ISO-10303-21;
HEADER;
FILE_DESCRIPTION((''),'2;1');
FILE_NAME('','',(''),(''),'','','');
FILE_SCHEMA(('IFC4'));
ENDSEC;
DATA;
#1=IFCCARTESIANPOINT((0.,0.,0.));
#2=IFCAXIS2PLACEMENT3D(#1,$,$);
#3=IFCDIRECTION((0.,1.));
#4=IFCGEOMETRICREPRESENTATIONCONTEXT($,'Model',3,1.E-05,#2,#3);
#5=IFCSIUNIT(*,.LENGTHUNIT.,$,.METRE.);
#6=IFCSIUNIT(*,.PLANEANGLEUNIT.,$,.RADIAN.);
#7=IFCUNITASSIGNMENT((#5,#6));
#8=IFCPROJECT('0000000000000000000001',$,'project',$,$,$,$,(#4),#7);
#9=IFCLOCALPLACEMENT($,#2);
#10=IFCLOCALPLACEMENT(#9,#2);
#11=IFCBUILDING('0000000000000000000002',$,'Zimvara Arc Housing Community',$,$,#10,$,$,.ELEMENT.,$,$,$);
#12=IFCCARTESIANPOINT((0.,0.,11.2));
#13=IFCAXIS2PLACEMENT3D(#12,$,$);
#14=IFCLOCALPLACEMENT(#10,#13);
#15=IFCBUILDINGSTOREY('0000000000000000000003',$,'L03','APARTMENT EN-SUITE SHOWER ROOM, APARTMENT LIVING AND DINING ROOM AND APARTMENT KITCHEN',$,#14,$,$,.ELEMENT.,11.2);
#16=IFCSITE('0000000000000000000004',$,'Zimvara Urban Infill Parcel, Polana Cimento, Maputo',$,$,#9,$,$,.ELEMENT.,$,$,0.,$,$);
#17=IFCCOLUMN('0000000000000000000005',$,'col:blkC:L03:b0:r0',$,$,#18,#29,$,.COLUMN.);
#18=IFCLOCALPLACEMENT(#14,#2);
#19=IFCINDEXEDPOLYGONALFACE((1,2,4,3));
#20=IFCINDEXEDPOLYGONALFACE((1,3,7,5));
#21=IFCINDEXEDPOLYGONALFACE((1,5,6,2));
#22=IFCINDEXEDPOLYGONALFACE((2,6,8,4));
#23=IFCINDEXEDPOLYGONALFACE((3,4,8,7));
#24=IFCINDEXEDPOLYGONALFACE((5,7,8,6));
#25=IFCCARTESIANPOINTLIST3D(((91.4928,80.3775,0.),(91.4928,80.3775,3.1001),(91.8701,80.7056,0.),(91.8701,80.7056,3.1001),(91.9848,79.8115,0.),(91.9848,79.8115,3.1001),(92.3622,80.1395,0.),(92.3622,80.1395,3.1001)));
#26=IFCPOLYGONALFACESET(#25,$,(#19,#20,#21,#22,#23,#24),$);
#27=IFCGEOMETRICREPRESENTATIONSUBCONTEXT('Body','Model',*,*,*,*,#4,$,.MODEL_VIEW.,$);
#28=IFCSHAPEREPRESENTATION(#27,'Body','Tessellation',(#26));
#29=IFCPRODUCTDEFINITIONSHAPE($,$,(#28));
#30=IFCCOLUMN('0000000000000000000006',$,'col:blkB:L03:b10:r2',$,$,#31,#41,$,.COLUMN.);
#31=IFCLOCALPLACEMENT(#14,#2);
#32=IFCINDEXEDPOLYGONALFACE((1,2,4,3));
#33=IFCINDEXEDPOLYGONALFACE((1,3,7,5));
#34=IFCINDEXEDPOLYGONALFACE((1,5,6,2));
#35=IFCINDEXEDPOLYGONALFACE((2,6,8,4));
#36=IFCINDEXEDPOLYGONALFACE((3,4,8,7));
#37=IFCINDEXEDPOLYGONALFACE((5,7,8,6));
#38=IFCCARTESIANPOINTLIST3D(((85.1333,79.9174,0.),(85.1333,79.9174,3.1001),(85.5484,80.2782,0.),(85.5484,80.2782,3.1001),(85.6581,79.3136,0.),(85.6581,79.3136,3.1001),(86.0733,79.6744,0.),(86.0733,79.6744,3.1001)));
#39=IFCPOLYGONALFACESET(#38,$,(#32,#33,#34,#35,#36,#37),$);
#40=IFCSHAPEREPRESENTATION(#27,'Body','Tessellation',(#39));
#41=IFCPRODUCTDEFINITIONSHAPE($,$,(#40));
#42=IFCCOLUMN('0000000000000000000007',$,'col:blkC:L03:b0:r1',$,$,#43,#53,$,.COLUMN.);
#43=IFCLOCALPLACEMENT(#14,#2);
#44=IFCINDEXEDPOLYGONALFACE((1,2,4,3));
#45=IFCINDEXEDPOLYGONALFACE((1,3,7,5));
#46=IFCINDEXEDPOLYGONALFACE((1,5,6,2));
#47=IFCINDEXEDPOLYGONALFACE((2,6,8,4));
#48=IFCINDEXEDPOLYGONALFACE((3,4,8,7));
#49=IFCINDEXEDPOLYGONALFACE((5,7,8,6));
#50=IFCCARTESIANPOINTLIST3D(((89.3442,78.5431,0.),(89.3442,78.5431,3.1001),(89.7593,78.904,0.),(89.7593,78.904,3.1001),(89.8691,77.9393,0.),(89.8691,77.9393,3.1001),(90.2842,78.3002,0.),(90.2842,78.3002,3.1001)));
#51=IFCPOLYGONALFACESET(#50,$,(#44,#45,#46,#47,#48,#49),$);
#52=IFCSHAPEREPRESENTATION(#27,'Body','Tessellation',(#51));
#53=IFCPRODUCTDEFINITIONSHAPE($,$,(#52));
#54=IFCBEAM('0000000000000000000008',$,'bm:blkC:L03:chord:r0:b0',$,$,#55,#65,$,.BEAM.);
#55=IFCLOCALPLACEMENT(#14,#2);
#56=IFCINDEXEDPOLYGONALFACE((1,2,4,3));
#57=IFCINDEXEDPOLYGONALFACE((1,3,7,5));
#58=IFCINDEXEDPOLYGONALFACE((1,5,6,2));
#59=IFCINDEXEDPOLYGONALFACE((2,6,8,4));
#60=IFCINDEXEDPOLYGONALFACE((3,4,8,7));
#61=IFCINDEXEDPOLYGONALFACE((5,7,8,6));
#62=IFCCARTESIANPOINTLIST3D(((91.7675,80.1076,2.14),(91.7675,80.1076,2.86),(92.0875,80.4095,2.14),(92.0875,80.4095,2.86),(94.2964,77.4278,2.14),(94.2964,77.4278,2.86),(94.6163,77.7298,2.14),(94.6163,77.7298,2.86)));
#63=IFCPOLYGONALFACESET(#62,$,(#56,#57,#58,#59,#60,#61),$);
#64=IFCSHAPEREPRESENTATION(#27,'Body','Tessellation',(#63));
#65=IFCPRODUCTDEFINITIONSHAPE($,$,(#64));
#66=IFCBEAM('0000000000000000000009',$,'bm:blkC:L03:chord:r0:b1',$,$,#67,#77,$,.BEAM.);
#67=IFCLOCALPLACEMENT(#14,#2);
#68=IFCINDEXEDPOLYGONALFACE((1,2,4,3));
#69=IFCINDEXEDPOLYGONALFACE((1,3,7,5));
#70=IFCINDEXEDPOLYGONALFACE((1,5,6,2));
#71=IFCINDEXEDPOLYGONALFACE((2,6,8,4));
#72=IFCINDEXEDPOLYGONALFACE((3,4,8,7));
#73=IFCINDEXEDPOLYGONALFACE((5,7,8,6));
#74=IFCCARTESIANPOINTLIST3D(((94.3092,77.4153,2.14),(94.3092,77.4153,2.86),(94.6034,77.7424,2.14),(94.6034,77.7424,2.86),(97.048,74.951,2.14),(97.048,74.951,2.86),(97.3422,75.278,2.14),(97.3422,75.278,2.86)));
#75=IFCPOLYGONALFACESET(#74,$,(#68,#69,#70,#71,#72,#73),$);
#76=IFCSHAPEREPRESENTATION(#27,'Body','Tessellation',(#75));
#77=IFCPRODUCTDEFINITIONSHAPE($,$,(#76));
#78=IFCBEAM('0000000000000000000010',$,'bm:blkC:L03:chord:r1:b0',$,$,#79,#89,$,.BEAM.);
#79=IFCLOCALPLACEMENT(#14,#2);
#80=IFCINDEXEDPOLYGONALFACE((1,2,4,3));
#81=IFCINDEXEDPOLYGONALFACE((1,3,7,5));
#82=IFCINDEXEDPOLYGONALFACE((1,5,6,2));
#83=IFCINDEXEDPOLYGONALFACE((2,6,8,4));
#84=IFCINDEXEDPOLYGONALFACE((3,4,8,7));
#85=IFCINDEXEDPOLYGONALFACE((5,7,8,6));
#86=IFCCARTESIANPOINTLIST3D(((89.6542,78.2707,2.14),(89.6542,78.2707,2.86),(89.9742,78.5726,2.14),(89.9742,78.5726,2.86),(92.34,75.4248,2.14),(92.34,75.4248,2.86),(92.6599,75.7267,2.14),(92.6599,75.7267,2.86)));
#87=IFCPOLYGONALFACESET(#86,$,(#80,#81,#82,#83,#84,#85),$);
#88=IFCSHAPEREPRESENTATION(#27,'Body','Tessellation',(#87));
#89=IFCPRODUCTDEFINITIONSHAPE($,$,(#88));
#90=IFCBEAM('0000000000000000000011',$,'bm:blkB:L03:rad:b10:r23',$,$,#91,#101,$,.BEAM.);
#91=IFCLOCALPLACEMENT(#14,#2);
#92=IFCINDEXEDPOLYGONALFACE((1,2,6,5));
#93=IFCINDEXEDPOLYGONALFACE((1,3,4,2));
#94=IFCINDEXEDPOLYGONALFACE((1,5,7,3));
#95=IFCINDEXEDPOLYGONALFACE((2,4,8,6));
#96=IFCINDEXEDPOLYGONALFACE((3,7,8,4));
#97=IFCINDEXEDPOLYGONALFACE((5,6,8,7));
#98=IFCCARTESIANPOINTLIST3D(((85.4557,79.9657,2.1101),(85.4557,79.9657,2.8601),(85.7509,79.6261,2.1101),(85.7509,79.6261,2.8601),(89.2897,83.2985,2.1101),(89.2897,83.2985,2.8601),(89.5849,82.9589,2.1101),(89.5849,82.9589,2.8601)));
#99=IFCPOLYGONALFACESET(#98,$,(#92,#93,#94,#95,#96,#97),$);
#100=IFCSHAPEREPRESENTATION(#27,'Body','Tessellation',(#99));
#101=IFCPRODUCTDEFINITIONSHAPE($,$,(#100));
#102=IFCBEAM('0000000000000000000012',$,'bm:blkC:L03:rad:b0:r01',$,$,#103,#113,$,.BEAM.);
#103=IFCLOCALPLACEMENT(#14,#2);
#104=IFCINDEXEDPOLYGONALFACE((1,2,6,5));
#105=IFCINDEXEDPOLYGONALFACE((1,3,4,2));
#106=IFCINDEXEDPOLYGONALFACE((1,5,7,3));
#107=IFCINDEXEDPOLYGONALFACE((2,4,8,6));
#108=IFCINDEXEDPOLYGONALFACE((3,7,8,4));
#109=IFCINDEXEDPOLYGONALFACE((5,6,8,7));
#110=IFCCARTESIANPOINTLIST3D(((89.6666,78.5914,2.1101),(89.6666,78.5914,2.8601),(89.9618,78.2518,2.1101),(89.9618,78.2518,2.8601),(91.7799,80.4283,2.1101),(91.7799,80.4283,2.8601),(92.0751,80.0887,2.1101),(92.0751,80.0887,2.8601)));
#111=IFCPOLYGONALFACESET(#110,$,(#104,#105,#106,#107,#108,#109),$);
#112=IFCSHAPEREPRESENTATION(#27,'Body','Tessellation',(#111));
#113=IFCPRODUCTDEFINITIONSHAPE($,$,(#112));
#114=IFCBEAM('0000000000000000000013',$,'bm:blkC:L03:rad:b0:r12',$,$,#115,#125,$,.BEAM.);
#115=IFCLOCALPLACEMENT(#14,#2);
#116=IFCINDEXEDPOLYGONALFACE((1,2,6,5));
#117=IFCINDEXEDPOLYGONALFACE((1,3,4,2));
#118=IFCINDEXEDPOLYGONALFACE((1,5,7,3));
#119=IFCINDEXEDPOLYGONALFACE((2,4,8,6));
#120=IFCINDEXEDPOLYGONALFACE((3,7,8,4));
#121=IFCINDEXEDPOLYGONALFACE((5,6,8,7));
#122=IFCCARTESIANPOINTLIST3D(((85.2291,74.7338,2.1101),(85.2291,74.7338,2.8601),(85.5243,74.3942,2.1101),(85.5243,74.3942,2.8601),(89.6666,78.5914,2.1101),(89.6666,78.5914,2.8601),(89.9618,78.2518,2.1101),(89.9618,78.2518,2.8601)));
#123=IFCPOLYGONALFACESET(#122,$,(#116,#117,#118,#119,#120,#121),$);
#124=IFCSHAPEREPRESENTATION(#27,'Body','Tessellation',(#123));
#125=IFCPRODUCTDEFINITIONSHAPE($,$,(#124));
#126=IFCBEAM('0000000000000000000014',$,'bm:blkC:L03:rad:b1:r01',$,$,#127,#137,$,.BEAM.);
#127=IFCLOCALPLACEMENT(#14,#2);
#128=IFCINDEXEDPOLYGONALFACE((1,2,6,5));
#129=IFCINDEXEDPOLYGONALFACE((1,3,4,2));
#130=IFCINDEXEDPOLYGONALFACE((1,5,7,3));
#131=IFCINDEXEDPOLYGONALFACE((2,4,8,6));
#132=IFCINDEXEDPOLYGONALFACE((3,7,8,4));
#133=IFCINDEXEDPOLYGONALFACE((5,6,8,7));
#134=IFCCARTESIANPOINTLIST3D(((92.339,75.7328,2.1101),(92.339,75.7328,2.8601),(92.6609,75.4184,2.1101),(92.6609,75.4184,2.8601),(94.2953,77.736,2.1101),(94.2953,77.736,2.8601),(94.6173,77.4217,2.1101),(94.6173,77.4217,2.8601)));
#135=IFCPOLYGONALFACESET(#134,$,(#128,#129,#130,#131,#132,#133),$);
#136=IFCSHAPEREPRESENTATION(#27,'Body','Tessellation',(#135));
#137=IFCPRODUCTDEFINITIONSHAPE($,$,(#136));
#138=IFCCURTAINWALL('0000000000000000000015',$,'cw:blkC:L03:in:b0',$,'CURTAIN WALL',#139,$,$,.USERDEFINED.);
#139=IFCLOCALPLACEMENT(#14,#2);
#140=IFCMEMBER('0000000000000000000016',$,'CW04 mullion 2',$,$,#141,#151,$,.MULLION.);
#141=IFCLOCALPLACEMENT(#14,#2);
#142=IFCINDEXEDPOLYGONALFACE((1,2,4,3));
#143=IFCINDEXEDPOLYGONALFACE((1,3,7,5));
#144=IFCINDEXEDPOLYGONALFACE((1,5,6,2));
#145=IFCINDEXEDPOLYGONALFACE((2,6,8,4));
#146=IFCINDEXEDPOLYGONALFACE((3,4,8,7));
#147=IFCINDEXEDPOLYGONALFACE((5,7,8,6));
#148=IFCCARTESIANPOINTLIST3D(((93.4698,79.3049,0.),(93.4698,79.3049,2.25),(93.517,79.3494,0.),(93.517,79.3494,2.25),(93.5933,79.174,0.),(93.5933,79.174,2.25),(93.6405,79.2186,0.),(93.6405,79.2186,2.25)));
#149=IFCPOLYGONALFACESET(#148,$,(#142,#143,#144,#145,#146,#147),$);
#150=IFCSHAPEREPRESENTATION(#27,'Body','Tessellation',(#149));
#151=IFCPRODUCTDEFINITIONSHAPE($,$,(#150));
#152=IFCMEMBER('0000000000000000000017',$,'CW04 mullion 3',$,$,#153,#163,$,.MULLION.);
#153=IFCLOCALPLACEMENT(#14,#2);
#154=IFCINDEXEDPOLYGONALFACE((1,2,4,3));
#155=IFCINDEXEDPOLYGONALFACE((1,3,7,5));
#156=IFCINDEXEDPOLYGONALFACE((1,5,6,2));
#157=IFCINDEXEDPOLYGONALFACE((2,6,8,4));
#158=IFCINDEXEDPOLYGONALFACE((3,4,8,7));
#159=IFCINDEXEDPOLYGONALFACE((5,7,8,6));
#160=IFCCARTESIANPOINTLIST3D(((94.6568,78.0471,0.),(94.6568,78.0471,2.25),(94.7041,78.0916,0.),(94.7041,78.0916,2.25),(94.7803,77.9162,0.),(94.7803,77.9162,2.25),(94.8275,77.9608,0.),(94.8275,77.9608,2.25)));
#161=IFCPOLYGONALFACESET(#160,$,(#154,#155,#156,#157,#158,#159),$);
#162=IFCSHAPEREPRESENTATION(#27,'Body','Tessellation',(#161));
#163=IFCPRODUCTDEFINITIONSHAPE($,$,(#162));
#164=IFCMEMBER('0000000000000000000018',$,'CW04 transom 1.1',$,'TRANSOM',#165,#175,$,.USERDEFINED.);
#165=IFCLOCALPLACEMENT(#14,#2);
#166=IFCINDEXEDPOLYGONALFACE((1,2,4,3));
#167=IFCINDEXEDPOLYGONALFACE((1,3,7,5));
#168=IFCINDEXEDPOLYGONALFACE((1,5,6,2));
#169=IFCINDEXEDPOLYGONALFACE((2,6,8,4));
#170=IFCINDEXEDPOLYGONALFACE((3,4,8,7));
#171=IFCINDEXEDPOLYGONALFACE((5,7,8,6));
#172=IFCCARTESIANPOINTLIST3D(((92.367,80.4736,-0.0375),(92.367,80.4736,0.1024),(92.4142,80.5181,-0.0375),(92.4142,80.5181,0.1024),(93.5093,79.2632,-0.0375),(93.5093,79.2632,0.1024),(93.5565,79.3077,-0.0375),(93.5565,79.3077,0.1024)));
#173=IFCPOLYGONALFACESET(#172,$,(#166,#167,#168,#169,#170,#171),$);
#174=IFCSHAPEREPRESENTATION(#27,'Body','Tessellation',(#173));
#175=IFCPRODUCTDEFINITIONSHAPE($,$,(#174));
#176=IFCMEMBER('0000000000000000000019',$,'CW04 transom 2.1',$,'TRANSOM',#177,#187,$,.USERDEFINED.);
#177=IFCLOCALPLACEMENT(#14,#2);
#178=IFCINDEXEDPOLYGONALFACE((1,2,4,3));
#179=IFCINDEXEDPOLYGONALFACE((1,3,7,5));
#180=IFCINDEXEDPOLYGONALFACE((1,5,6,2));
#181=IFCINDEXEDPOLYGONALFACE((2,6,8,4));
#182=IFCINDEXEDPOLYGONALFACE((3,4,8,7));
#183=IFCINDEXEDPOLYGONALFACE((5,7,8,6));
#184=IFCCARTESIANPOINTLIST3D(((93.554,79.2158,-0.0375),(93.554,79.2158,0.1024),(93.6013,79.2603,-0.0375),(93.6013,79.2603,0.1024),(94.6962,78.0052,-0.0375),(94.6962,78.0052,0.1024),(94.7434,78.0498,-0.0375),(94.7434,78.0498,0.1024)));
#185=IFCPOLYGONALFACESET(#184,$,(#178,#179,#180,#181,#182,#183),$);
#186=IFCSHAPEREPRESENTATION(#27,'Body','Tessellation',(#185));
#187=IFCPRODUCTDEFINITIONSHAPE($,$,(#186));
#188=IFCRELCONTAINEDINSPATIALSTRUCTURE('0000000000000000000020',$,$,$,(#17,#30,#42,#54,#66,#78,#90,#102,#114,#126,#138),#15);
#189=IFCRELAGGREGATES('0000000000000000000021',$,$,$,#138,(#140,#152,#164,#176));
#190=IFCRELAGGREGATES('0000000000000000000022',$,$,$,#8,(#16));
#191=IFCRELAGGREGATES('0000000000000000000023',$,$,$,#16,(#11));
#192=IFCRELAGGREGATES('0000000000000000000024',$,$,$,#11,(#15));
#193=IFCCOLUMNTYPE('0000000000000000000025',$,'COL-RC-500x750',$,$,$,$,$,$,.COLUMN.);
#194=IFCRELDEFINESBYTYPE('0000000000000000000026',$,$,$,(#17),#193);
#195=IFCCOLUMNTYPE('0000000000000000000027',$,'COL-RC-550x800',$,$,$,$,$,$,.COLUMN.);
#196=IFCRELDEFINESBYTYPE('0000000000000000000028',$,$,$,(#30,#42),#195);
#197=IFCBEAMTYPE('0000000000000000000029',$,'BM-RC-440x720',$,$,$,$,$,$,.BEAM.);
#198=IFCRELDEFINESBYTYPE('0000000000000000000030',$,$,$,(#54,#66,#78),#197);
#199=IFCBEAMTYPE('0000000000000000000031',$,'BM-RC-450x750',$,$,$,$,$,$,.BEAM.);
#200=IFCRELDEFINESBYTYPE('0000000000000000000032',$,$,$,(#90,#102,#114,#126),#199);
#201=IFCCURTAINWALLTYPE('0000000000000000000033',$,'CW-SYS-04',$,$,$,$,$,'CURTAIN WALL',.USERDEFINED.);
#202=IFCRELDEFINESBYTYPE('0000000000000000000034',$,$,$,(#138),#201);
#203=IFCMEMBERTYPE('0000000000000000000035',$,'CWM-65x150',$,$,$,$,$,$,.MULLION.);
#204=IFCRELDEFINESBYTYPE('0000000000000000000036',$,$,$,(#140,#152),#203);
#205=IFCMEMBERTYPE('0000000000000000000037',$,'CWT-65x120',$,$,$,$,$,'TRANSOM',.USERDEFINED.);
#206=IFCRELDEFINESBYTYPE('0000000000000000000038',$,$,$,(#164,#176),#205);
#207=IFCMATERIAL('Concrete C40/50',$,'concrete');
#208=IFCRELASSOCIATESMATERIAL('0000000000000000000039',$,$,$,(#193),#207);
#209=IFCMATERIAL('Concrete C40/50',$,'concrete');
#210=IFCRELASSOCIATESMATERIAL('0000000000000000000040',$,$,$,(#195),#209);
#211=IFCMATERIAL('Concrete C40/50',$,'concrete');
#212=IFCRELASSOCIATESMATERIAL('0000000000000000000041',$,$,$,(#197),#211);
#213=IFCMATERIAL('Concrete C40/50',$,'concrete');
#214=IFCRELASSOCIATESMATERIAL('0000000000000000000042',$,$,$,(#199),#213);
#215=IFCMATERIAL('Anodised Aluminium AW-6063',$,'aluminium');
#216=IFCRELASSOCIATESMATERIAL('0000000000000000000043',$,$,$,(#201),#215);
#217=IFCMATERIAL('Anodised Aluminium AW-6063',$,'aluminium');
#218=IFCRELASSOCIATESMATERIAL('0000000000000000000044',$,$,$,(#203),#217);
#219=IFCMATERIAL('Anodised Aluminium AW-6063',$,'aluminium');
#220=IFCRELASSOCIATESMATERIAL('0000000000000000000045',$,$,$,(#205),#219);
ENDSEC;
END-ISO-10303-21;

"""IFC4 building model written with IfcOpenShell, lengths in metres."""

from ifc_helpers import new_model, si_unit, direction, frame, origin, origin_2d, place, context, subcontext, project, spatial, rectangle, extrude, material, material_profile, profile_set, type_object, element, aggregate, save


model = new_model("IFC4")

# Units and contexts
model_context = context("Model", 3, precision=1e-05, world=origin(), true_north=direction((0.0, 1.0)))
body_context = subcontext(model_context, "Body", "Model", "MODEL_VIEW")
ifc_project = project(units=[si_unit("LENGTHUNIT", "METRE"), si_unit("PLANEANGLEUNIT", "RADIAN")], contexts=[model_context])

# Site, building, storey
site_placement = place(None, origin())
site = spatial("IfcSite", under=ifc_project, at=site_placement, Name="Zimvara Urban Infill Parcel, Polana Cimento, Maputo", CompositionType="ELEMENT", RefElevation=0.0)
building_placement = place(site_placement, origin())
building = spatial("IfcBuilding", under=site, at=building_placement, Name="Zimvara Arc Housing Community", CompositionType="ELEMENT")
storey_placement = place(building_placement, frame((0.0, 0.0, 11.2)))
storey = spatial("IfcBuildingStorey", under=building, at=storey_placement, Name="L03", Description="APARTMENT EN-SUITE SHOWER ROOM, APARTMENT LIVING AND DINING ROOM AND APARTMENT KITCHEN", CompositionType="ELEMENT", Elevation=11.2)

# Columns
ifc_material_1 = material(Name="Concrete C40/50", Category="concrete")
ifc_material_profile_1 = material_profile(ifc_material_1, rectangle(XDim=0.5, YDim=0.75, at=origin_2d()), Name="RC 500x750")
ifc_profile_set_1 = profile_set([ifc_material_profile_1], Name="Concrete C40/50")
column_type_1 = type_object("IfcColumnType", Name="COL-RC-500x750", PredefinedType="COLUMN", material=ifc_profile_set_1)
column_placement = place(storey_placement, frame((91.9275, 80.2585, 0.0), z_axis=(0.0, 0.0, 1.0), x_axis=(-0.75471, -0.656059, 0.0)))
element("IfcColumn", 1, at=column_placement, inside=storey, type_object=column_type_1, Name="col:blkC:L03:b0:r0", PredefinedType="COLUMN", context=body_context, shape_type="SweptSolid", body=[
    extrude(rectangle(XDim=0.5, YDim=0.75, at=origin_2d()), origin(), (0.0, 0.0, 1.0), 3.1001),
])
ifc_material_2 = material(Name="Concrete C40/50", Category="concrete")
ifc_material_profile_2 = material_profile(ifc_material_2, rectangle(XDim=0.55, YDim=0.8, at=origin_2d()), Name="RC 550x800")
ifc_profile_set_2 = profile_set([ifc_material_profile_2], Name="Concrete C40/50")
column_type_2 = type_object("IfcColumnType", Name="COL-RC-550x800", PredefinedType="COLUMN", material=ifc_profile_set_2)
for number, where, z_axis, x_axis, name in (
    (2, (85.6033, 79.7959, 0.0), (0.0, 0.0, 1.0), (0.75471, 0.656059, 0.0), "col:blkB:L03:b10:r2"),
    (3, (89.8142, 78.4216, 0.0), (0.0, 0.0, 1.0), (-0.75471, -0.656059, 0.0), "col:blkC:L03:b0:r1"),
):
    element("IfcColumn", number, at=place(storey_placement, frame(where, z_axis=z_axis, x_axis=x_axis)), inside=storey, type_object=column_type_2, Name=name, PredefinedType="COLUMN", context=body_context, shape_type="SweptSolid", body=[
        extrude(rectangle(XDim=0.55, YDim=0.8, at=origin_2d()), origin(), (0.0, 0.0, 1.0), 3.1001),
    ])

# Beams
ifc_material_3 = material(Name="Concrete C40/50", Category="concrete")
ifc_material_profile_3 = material_profile(ifc_material_3, rectangle(XDim=0.4399, YDim=0.72, at=origin_2d()), Name="RC 440x720")
ifc_profile_set_3 = profile_set([ifc_material_profile_3], Name="Concrete C40/50")
beam_type_1 = type_object("IfcBeamType", Name="BM-RC-440x720", PredefinedType="BEAM", material=ifc_profile_set_3)
beam_1_placement = place(storey_placement, frame((91.9275, 80.2585, 2.5), z_axis=(0.686336, -0.727285, 0.0), x_axis=(0.727285, 0.686336, 0.0)))
element("IfcBeam", 4, at=beam_1_placement, inside=storey, type_object=beam_type_1, Name="bm:blkC:L03:chord:r0:b0", PredefinedType="BEAM", context=body_context, shape_type="SweptSolid", body=[
    extrude(rectangle(XDim=0.4399, YDim=0.72, at=origin_2d()), origin(), (0.0, 0.0, 1.0), 3.6846),
])
beam_2_placement = place(storey_placement, frame((94.4563, 77.5789, 2.5), z_axis=(0.743367, -0.668884, 0.0), x_axis=(0.668884, 0.743367, 0.0)))
element("IfcBeam", 5, at=beam_2_placement, inside=storey, type_object=beam_type_1, Name="bm:blkC:L03:chord:r0:b1", PredefinedType="BEAM", context=body_context, shape_type="SweptSolid", body=[
    extrude(rectangle(XDim=0.4399, YDim=0.72, at=origin_2d()), origin(), (0.0, 0.0, 1.0), 3.6843),
])
beam_3_placement = place(storey_placement, frame((89.8142, 78.4216, 2.5), z_axis=(0.686347, -0.727274, 0.0), x_axis=(0.727274, 0.686347, 0.0)))
element("IfcBeam", 6, at=beam_3_placement, inside=storey, type_object=beam_type_1, Name="bm:blkC:L03:chord:r1:b0", PredefinedType="BEAM", context=body_context, shape_type="SweptSolid", body=[
    extrude(rectangle(XDim=0.4399, YDim=0.72, at=origin_2d()), origin(), (0.0, 0.0, 1.0), 3.9131),
])
ifc_material_4 = material(Name="Concrete C40/50", Category="concrete")
ifc_material_profile_4 = material_profile(ifc_material_4, rectangle(XDim=0.45, YDim=0.75, at=origin_2d()), Name="RC 450x750")
ifc_profile_set_4 = profile_set([ifc_material_profile_4], Name="Concrete C40/50")
beam_type_2 = type_object("IfcBeamType", Name="BM-RC-450x750", PredefinedType="BEAM", material=ifc_profile_set_4)
beam_4_placement = place(storey_placement, frame((85.6033, 79.7959, 2.4851), z_axis=(0.754716, 0.656051, 0.0), x_axis=(-0.656051, 0.754716, 0.0)))
element("IfcBeam", 7, at=beam_4_placement, inside=storey, type_object=beam_type_2, Name="bm:blkB:L03:rad:b10:r23", PredefinedType="BEAM", context=body_context, shape_type="SweptSolid", body=[
    extrude(rectangle(XDim=0.45, YDim=0.75, at=origin_2d()), origin(), (0.0, 0.0, 1.0), 5.0801),
])
beam_5_placement = place(storey_placement, frame((91.9275, 80.2585, 2.4851), z_axis=(-0.754733, -0.656032, 0.0), x_axis=(0.656032, -0.754733, 0.0)))
element("IfcBeam", 8, at=beam_5_placement, inside=storey, type_object=beam_type_2, Name="bm:blkC:L03:rad:b0:r01", PredefinedType="BEAM", context=body_context, shape_type="SweptSolid", body=[
    extrude(rectangle(XDim=0.45, YDim=0.75, at=origin_2d()), origin(), (0.0, 0.0, 1.0), 2.8),
])
beam_6_placement = place(storey_placement, frame((89.8142, 78.4216, 2.4851), z_axis=(-0.754692, -0.656079, 0.0), x_axis=(0.656079, -0.754692, 0.0)))
element("IfcBeam", 9, at=beam_6_placement, inside=storey, type_object=beam_type_2, Name="bm:blkC:L03:rad:b0:r12", PredefinedType="BEAM", context=body_context, shape_type="SweptSolid", body=[
    extrude(rectangle(XDim=0.45, YDim=0.75, at=origin_2d()), origin(), (0.0, 0.0, 1.0), 5.8799),
])
beam_7_placement = place(storey_placement, frame((94.4563, 77.5789, 2.4851), z_axis=(-0.698687, -0.715428, 0.0), x_axis=(0.715428, -0.698687, 0.0)))
element("IfcBeam", 10, at=beam_7_placement, inside=storey, type_object=beam_type_2, Name="bm:blkC:L03:rad:b1:r01", PredefinedType="BEAM", context=body_context, shape_type="SweptSolid", body=[
    extrude(rectangle(XDim=0.45, YDim=0.75, at=origin_2d()), origin(), (0.0, 0.0, 1.0), 2.8),
])

# Curtain wall, members
ifc_material_5 = material(Name="Anodised Aluminium AW-6063", Category="aluminium")
curtain_wall_type = type_object("IfcCurtainWallType", Name="CW-SYS-04", ElementType="CURTAIN WALL", PredefinedType="USERDEFINED", material=ifc_material_5)
curtain_wall_placement = place(storey_placement, origin())
curtain_wall = element("IfcCurtainWall", 11, at=curtain_wall_placement, inside=storey, type_object=curtain_wall_type, Name="cw:blkC:L03:in:b0", ObjectType="CURTAIN WALL", PredefinedType="USERDEFINED")
ifc_material_6 = material(Name="Anodised Aluminium AW-6063", Category="aluminium")
ifc_material_profile_5 = material_profile(ifc_material_6, rectangle(XDim=0.0649, YDim=0.1799, at=origin_2d()), Name="ALU 65x180")
ifc_profile_set_5 = profile_set([ifc_material_profile_5], Name="Anodised Aluminium AW-6063")
member_type_1 = type_object("IfcMemberType", Name="CWM-65x150", PredefinedType="MULLION", material=ifc_profile_set_5)
member_1_placement = place(storey_placement, frame((93.5552, 79.2617, 0.0), z_axis=(0.0, 0.0, 1.0), x_axis=(0.727293, 0.686327, 0.0)))
member_1 = element("IfcMember", 12, at=member_1_placement, type_object=member_type_1, Name="CW04 mullion 2", PredefinedType="MULLION", context=body_context, shape_type="SweptSolid", body=[
    extrude(rectangle(XDim=0.0649, YDim=0.1799, at=origin_2d()), origin(), (0.0, 0.0, 1.0), 2.25),
])
member_2_placement = place(storey_placement, frame((94.7422, 78.0039, 0.0), z_axis=(0.0, 0.0, 1.0), x_axis=(0.727293, 0.686327, 0.0)))
member_2 = element("IfcMember", 13, at=member_2_placement, type_object=member_type_1, Name="CW04 mullion 3", PredefinedType="MULLION", context=body_context, shape_type="SweptSolid", body=[
    extrude(rectangle(XDim=0.0649, YDim=0.1799, at=origin_2d()), origin(), (0.0, 0.0, 1.0), 2.25),
])
ifc_material_7 = material(Name="Anodised Aluminium AW-6063", Category="aluminium")
ifc_material_profile_6 = material_profile(ifc_material_7, rectangle(XDim=0.0649, YDim=0.1399, at=origin_2d()), Name="ALU 65x140")
ifc_profile_set_6 = profile_set([ifc_material_profile_6], Name="Anodised Aluminium AW-6063")
member_type_2 = type_object("IfcMemberType", Name="CWT-65x120", ElementType="TRANSOM", PredefinedType="USERDEFINED", material=ifc_profile_set_6)
member_3_placement = place(storey_placement, frame((92.3906, 80.4958, 0.0325), z_axis=(0.686348, -0.727273, 0.0), x_axis=(0.727273, 0.686348, 0.0)))
member_3 = element("IfcMember", 14, at=member_3_placement, type_object=member_type_2, Name="CW04 transom 1.1", ObjectType="TRANSOM", PredefinedType="USERDEFINED", context=body_context, shape_type="SweptSolid", body=[
    extrude(rectangle(XDim=0.0649, YDim=0.1399, at=origin_2d()), origin(), (0.0, 0.0, 1.0), 1.6643),
])
member_4_placement = place(storey_placement, frame((93.5776, 79.238, 0.0325), z_axis=(0.68627, -0.727347, 0.0), x_axis=(0.727347, 0.68627, 0.0)))
member_4 = element("IfcMember", 15, at=member_4_placement, type_object=member_type_2, Name="CW04 transom 2.1", ObjectType="TRANSOM", PredefinedType="USERDEFINED", context=body_context, shape_type="SweptSolid", body=[
    extrude(rectangle(XDim=0.0649, YDim=0.1399, at=origin_2d()), origin(), (0.0, 0.0, 1.0), 1.6643),
])
aggregate(curtain_wall, [member_1, member_2, member_3, member_4])

save(model, "model.ifc")
